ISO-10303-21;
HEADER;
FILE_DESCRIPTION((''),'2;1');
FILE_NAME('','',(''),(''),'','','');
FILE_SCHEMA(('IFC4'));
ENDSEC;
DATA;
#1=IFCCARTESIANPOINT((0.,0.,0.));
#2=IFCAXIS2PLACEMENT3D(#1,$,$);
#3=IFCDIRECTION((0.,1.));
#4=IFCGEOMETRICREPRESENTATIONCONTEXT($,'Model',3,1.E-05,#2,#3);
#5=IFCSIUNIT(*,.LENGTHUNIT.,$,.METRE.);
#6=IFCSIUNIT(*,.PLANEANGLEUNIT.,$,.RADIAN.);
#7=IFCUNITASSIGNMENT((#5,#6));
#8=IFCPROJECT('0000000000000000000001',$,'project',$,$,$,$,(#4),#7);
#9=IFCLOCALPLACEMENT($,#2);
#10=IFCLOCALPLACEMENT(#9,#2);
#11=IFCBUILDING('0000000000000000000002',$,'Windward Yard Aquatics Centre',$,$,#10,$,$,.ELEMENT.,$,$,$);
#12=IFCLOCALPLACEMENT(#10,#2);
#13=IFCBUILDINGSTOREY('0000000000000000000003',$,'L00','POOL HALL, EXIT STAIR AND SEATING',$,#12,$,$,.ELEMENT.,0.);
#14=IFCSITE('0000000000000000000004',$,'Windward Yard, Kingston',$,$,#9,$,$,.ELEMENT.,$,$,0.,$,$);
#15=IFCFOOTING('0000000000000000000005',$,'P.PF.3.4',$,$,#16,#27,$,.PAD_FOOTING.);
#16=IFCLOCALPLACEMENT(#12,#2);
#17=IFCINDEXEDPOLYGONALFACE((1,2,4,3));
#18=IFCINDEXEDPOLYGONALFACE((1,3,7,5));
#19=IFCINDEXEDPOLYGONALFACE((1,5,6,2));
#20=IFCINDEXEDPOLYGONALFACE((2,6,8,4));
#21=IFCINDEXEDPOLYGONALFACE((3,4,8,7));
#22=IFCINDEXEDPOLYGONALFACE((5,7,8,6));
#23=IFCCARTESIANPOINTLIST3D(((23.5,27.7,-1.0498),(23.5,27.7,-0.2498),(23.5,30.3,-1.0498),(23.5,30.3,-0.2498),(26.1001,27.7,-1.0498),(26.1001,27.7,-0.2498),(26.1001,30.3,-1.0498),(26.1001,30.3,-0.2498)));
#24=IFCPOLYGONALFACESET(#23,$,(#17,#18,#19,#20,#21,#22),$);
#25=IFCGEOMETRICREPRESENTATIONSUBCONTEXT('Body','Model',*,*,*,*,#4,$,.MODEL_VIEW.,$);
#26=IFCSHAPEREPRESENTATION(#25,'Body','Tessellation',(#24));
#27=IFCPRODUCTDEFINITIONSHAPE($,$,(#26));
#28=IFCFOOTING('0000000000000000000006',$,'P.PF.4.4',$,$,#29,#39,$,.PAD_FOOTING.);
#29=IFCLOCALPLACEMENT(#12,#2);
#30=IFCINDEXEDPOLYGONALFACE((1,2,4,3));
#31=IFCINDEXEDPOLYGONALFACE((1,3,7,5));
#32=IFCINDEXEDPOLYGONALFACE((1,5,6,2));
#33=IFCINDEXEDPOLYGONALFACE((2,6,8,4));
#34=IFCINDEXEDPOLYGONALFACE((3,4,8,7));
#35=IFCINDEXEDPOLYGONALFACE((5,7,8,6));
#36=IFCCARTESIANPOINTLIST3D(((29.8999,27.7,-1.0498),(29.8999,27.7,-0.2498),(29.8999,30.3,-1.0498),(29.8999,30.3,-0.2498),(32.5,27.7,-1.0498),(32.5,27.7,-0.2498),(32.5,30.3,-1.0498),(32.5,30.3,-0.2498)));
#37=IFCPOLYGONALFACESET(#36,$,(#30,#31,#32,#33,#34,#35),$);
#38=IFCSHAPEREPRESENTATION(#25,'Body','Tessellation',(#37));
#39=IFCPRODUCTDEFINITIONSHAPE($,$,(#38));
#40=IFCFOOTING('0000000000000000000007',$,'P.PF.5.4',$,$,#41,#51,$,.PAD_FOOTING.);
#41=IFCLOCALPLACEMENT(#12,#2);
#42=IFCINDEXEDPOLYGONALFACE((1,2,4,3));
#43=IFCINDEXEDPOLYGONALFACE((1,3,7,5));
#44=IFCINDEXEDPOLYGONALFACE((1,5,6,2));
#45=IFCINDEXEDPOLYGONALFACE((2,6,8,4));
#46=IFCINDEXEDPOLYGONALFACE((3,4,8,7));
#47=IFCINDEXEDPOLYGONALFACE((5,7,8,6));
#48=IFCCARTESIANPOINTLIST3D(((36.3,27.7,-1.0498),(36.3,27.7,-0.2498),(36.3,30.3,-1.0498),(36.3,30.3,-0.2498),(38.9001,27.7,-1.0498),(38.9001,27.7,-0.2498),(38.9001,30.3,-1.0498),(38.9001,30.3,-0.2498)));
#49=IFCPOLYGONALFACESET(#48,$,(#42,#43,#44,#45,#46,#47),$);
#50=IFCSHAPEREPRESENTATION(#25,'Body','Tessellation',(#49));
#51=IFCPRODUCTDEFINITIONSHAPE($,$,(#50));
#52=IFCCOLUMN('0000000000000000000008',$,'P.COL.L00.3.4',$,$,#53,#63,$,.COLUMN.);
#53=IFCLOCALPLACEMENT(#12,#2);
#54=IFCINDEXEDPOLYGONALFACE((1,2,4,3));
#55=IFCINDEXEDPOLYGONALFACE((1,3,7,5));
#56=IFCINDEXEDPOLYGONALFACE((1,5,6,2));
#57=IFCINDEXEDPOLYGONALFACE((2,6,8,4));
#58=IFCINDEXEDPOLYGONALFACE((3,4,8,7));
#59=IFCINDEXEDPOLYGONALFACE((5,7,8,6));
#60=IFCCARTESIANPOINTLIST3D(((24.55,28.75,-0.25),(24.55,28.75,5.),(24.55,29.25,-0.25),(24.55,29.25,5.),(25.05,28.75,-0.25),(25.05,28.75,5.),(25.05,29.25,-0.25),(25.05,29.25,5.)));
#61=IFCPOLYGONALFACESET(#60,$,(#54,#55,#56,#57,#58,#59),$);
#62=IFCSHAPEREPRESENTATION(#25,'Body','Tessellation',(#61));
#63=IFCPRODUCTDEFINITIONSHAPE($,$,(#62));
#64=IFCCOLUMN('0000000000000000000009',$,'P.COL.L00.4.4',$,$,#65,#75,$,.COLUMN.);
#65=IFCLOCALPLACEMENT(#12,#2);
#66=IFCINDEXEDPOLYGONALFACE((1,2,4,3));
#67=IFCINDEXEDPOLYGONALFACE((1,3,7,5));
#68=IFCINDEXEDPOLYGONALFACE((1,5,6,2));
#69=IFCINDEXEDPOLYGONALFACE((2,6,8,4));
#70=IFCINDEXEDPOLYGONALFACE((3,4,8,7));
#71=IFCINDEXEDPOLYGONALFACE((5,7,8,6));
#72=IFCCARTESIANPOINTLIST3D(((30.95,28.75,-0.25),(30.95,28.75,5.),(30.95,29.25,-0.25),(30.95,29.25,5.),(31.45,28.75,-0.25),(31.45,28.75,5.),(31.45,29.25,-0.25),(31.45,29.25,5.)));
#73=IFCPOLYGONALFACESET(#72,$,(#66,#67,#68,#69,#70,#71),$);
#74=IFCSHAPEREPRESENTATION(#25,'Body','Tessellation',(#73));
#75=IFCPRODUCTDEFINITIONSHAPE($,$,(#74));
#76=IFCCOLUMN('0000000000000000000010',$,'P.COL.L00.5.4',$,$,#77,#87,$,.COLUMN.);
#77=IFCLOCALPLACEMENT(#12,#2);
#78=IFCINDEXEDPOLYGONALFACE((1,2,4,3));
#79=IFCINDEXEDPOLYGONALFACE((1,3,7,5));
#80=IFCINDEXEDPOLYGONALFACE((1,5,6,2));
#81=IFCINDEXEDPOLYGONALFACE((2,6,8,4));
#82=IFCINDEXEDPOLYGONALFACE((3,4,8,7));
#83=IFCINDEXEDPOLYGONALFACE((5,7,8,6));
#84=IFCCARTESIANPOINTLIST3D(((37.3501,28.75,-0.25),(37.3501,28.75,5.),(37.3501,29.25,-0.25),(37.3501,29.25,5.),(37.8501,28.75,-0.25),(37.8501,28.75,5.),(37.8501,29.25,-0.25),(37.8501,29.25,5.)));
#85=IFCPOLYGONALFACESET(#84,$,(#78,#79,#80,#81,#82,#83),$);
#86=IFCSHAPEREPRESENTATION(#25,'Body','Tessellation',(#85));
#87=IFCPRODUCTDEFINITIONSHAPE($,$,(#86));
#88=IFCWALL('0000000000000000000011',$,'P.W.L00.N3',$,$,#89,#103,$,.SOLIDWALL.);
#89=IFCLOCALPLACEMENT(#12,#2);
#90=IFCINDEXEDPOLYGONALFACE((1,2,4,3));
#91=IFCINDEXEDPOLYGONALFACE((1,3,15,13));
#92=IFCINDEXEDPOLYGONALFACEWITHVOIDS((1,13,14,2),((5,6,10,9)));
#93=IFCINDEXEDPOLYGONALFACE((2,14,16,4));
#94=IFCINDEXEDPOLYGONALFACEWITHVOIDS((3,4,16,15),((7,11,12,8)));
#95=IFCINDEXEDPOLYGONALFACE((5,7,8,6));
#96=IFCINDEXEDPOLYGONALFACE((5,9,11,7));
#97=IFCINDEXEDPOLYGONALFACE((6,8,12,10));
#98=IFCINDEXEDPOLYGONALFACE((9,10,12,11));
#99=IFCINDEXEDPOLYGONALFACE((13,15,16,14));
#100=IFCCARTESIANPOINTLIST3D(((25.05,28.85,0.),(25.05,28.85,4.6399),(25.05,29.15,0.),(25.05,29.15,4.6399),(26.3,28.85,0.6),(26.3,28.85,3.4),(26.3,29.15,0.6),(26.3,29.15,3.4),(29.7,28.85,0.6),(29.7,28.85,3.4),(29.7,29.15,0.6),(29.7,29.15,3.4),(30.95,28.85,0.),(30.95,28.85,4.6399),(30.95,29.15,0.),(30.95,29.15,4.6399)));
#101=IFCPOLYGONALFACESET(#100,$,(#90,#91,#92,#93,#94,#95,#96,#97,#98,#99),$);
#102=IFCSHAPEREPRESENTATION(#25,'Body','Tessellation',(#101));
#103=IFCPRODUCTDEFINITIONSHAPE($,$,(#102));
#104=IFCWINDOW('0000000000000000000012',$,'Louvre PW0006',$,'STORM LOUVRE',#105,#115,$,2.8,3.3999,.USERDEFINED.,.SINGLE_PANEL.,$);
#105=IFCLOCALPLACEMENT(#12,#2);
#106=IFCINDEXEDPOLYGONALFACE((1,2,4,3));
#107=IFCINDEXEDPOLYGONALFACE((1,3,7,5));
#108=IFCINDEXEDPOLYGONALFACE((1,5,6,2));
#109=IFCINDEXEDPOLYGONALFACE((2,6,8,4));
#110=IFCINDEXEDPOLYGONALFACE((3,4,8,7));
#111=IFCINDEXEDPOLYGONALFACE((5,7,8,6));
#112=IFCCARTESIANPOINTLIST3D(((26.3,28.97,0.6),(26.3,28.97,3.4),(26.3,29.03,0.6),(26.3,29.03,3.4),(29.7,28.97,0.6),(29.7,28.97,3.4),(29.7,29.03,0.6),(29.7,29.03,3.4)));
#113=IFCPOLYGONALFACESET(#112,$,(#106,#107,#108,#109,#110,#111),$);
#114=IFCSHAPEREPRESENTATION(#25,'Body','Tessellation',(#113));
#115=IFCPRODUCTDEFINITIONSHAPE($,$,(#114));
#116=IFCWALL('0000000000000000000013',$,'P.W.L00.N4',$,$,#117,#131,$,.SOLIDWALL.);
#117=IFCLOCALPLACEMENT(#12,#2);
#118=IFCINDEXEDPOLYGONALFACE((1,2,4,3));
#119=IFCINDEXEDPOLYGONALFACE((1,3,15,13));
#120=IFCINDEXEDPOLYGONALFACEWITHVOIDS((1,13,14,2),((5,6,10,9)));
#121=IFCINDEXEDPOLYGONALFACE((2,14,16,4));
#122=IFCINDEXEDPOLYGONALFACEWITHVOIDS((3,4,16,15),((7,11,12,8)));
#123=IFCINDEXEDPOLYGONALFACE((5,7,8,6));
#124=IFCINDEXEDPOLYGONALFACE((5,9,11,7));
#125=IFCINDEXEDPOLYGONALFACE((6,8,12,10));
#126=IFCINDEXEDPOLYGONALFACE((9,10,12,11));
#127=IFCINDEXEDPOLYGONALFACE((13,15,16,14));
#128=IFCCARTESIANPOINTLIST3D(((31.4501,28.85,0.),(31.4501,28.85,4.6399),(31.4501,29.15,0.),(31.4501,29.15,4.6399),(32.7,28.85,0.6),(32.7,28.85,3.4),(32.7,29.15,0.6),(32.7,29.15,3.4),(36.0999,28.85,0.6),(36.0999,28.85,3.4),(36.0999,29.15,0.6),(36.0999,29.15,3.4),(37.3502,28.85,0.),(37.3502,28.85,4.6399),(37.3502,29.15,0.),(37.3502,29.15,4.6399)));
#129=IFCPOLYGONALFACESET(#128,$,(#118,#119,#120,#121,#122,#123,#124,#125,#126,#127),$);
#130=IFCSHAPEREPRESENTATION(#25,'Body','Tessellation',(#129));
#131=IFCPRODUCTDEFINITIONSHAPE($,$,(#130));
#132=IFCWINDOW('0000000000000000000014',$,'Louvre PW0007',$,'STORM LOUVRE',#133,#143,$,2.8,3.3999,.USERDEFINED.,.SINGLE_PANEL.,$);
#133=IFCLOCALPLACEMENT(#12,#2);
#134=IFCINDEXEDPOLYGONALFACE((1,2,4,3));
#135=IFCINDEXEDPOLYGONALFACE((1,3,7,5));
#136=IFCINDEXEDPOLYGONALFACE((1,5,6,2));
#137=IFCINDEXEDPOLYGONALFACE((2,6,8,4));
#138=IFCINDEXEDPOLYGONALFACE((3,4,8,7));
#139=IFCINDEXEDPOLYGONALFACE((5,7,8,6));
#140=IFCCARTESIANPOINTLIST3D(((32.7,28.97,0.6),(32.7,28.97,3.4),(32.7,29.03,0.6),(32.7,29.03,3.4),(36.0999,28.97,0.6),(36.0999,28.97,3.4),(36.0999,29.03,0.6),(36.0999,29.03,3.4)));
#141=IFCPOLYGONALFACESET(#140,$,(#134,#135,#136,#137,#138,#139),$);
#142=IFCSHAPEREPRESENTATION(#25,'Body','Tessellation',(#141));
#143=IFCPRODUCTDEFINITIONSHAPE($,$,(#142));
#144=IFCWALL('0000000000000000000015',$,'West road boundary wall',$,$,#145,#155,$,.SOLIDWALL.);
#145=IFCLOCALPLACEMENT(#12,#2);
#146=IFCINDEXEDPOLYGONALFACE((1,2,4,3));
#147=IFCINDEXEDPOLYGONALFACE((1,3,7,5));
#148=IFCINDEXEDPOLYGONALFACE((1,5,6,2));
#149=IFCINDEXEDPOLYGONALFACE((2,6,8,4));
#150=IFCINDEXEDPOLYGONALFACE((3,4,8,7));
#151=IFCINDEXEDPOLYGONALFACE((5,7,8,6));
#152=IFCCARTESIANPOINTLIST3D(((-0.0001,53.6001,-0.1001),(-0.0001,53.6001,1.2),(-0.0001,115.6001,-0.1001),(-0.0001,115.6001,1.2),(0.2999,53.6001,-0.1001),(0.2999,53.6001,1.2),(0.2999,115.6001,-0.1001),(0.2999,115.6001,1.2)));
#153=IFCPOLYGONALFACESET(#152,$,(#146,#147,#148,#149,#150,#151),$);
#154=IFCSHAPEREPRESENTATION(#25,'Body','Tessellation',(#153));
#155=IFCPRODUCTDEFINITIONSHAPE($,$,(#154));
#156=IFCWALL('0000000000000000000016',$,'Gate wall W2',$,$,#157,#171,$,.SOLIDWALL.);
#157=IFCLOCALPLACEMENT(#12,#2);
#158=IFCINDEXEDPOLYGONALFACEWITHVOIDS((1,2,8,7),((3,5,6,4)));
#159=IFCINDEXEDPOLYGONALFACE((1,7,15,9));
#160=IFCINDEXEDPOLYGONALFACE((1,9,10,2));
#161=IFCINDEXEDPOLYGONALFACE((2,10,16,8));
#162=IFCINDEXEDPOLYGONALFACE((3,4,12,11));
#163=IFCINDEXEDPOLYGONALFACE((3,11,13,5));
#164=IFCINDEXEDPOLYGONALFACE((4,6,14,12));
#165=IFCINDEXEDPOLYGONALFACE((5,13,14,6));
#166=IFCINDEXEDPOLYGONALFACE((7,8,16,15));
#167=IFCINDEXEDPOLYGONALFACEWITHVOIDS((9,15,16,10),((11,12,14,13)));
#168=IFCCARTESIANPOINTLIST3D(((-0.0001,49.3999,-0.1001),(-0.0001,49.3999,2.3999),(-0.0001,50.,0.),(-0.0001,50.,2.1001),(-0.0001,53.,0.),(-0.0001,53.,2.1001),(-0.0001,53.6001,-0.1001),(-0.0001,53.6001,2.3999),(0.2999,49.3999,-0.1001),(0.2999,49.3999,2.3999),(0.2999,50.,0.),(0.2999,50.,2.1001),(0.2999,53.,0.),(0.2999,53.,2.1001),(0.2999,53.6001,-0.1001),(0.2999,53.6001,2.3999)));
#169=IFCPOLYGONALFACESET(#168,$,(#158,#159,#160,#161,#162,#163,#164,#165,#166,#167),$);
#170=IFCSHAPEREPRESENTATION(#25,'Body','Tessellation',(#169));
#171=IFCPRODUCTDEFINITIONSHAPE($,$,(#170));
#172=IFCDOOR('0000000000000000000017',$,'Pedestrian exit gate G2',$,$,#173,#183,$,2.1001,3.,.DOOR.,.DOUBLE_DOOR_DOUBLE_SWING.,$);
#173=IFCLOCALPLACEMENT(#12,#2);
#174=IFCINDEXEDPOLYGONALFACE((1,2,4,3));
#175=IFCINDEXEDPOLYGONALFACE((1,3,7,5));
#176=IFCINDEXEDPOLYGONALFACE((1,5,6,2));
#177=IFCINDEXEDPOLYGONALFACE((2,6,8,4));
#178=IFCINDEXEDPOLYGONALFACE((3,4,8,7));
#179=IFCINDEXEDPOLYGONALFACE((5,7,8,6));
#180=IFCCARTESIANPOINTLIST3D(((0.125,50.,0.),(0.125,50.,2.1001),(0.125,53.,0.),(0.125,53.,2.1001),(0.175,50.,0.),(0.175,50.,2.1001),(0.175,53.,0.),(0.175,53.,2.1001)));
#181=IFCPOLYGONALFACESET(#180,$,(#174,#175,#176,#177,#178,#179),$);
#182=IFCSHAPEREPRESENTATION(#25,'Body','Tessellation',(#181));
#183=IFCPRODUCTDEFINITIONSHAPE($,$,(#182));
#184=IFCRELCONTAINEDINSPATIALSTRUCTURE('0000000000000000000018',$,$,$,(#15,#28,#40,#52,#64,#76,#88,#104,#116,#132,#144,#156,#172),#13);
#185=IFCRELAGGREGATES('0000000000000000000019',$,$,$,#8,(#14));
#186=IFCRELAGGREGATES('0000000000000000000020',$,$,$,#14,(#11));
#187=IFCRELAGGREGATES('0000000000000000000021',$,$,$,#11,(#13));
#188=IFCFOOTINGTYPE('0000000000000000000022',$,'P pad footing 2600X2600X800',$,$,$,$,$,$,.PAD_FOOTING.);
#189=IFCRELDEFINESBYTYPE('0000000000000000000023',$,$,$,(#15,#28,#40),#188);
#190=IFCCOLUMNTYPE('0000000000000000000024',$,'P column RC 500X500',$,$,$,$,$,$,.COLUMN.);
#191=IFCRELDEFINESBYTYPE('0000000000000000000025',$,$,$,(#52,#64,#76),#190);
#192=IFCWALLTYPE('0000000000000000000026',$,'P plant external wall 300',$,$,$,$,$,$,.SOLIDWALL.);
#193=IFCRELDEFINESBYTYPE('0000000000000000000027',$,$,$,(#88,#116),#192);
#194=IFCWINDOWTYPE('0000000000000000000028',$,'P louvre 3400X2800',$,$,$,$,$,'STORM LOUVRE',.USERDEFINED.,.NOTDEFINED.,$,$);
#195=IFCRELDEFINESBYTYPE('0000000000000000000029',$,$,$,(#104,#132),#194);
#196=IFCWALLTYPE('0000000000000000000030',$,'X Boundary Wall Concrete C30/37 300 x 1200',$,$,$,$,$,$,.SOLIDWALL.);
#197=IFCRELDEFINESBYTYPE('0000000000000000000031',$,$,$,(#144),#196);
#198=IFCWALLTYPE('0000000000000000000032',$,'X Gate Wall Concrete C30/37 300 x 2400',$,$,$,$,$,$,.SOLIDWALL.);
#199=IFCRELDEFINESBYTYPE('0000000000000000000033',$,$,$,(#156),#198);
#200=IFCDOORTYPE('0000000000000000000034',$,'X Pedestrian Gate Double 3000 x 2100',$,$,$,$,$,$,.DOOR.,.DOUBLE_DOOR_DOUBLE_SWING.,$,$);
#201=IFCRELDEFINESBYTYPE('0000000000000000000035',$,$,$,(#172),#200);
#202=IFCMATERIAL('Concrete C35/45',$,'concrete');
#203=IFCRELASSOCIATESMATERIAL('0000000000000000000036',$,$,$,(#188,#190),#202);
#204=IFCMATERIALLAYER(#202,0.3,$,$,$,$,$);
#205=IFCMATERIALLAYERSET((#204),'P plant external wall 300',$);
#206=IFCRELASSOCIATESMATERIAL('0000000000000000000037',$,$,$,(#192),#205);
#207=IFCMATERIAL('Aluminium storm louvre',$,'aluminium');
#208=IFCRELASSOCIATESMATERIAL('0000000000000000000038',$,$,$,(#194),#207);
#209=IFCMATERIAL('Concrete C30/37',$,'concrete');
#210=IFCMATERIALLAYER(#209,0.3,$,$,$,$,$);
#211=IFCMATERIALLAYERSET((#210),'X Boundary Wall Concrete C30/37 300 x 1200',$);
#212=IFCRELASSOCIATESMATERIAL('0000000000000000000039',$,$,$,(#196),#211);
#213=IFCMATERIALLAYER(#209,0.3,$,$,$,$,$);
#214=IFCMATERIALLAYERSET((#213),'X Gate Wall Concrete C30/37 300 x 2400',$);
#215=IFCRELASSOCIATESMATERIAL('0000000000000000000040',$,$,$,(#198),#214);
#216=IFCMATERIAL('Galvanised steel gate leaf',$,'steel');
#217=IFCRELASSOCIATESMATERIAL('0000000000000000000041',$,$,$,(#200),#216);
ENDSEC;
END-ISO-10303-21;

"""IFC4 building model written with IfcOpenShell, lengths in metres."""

from ifc_helpers import new_model, si_unit, direction, frame, frame_2d, origin, origin_2d, place, context, subcontext, project, spatial, rectangle, extrude, material, layer, layer_set, material_profile, profile_set, type_object, element, fill, save


model = new_model("IFC4")

# Units and contexts
model_context = context("Model", 3, precision=1e-05, world=origin(), true_north=direction((0.0, 1.0)))
body_context = subcontext(model_context, "Body", "Model", "MODEL_VIEW")
ifc_project = project(units=[si_unit("LENGTHUNIT", "METRE"), si_unit("PLANEANGLEUNIT", "RADIAN")], contexts=[model_context])

# Site, building, storey
site_placement = place(None, origin())
site = spatial("IfcSite", under=ifc_project, at=site_placement, Name="Windward Yard, Kingston", CompositionType="ELEMENT", RefElevation=0.0)
building_placement = place(site_placement, origin())
building = spatial("IfcBuilding", under=site, at=building_placement, Name="Windward Yard Aquatics Centre", CompositionType="ELEMENT")
storey_placement = place(building_placement, origin())
storey = spatial("IfcBuildingStorey", under=building, at=storey_placement, Name="L00", Description="POOL HALL, EXIT STAIR AND SEATING", CompositionType="ELEMENT", Elevation=0.0)

# Footings
ifc_material_1 = material(Name="Concrete C35/45", Category="concrete")
footing_type = type_object("IfcFootingType", Name="P pad footing 2600X2600X800", PredefinedType="PAD_FOOTING", material=ifc_material_1)
for number, where, z_axis, x_axis, name in (
    (1, (24.8, 29.0, -1.0498), (0.0, 0.0, 1.0), (1.0, 0.0, 0.0), "P.PF.3.4"),
    (2, (31.2, 29.0, -1.0498), (0.0, 0.0, 1.0), (1.0, 0.0, 0.0), "P.PF.4.4"),
    (3, (37.6001, 29.0, -1.0498), (0.0, 0.0, 1.0), (1.0, 0.0, 0.0), "P.PF.5.4"),
):
    element("IfcFooting", number, at=place(storey_placement, frame(where, z_axis=z_axis, x_axis=x_axis)), inside=storey, type_object=footing_type, Name=name, PredefinedType="PAD_FOOTING", context=body_context, shape_type="SweptSolid", body=[
        extrude(rectangle(XDim=2.6001, YDim=2.6001, at=origin_2d()), origin(), (0.0, 0.0, 1.0), 0.8),
    ])

# Columns
ifc_material_profile = material_profile(ifc_material_1, rectangle(XDim=0.5, YDim=0.5, at=origin_2d()), Name="RC 500X500")
ifc_profile_set = profile_set([ifc_material_profile], Name="Concrete C35/45")
column_type = type_object("IfcColumnType", Name="P column RC 500X500", PredefinedType="COLUMN", material=ifc_profile_set)
for number, where, z_axis, x_axis, name in (
    (4, (24.8, 29.0, -0.25), (0.0, 0.0, 1.0), (1.0, 0.0, 0.0), "P.COL.L00.3.4"),
    (5, (31.2, 29.0, -0.25), (0.0, 0.0, 1.0), (1.0, 0.0, 0.0), "P.COL.L00.4.4"),
    (6, (37.6001, 29.0, -0.25), (0.0, 0.0, 1.0), (1.0, 0.0, 0.0), "P.COL.L00.5.4"),
):
    element("IfcColumn", number, at=place(storey_placement, frame(where, z_axis=z_axis, x_axis=x_axis)), inside=storey, type_object=column_type, Name=name, PredefinedType="COLUMN", context=body_context, shape_type="SweptSolid", body=[
        extrude(rectangle(XDim=0.5, YDim=0.5, at=origin_2d()), origin(), (0.0, 0.0, 1.0), 5.25),
    ])

# Walls, openings, windows
ifc_layer_1 = layer(ifc_material_1, 0.3)
ifc_layer_set_1 = layer_set([ifc_layer_1], Name="P plant external wall 300")
wall_type_1 = type_object("IfcWallType", Name="P plant external wall 300", PredefinedType="SOLIDWALL", material=ifc_layer_set_1)
wall_1_placement = place(storey_placement, frame((25.05, 29.0, 0.0), z_axis=(0.0, 0.0, 1.0), x_axis=(1.0, 0.0, 0.0)))
wall_1 = element("IfcWall", 7, at=wall_1_placement, inside=storey, type_object=wall_type_1, Name="P.W.L00.N3", PredefinedType="SOLIDWALL", context=body_context, shape_type="SweptSolid", body=[
    extrude(rectangle(XDim=5.8999, YDim=0.3, at=frame_2d((2.95, 0.0))), origin(), (0.0, 0.0, 1.0), 4.6399),
])
opening_1_placement = place(wall_1_placement, frame((1.25, 0.0, 0.6001)))
opening_1 = element("IfcOpeningElement", 8, at=opening_1_placement, cuts=wall_1, PredefinedType="OPENING", context=body_context, shape_type="SweptSolid", body=[
    extrude(rectangle(XDim=3.3999, YDim=2.8, at=frame_2d((1.7, 1.3999))), frame((0.0, 0.1602, 0.0), z_axis=(0.0, -1.0, 0.0), x_axis=(1.0, 0.0, 0.0)), (0.0, 0.0, 1.0), 0.3201),
])
ifc_material_2 = material(Name="Aluminium storm louvre", Category="aluminium")
window_type = type_object("IfcWindowType", Name="P louvre 3400X2800", ElementType="STORM LOUVRE", PartitioningType="NOTDEFINED", PredefinedType="USERDEFINED", material=ifc_material_2)
window_1_placement = place(opening_1_placement, origin())
window_1 = element("IfcWindow", 9, at=window_1_placement, inside=storey, type_object=window_type, Name="Louvre PW0006", ObjectType="STORM LOUVRE", OverallHeight=2.8, OverallWidth=3.3999, PartitioningType="SINGLE_PANEL", PredefinedType="USERDEFINED", context=body_context, shape_type="SweptSolid", body=[
    extrude(rectangle(XDim=3.3999, YDim=2.8, at=frame_2d((1.7, 1.3999))), frame((0.0, 0.03, 0.0), z_axis=(0.0, -1.0, 0.0), x_axis=(1.0, 0.0, 0.0)), (0.0, 0.0, 1.0), 0.0601),
])
fill(opening_1, window_1)
wall_2_placement = place(storey_placement, frame((31.45, 29.0, 0.0), z_axis=(0.0, 0.0, 1.0), x_axis=(1.0, 0.0, 0.0)))
wall_2 = element("IfcWall", 10, at=wall_2_placement, inside=storey, type_object=wall_type_1, Name="P.W.L00.N4", PredefinedType="SOLIDWALL", context=body_context, shape_type="SweptSolid", body=[
    extrude(rectangle(XDim=5.9001, YDim=0.3, at=frame_2d((2.9502, 0.0))), origin(), (0.0, 0.0, 1.0), 4.6399),
])
opening_2_placement = place(wall_2_placement, frame((1.25, 0.0, 0.6001)))
opening_2 = element("IfcOpeningElement", 11, at=opening_2_placement, cuts=wall_2, PredefinedType="OPENING", context=body_context, shape_type="SweptSolid", body=[
    extrude(rectangle(XDim=3.3999, YDim=2.8, at=frame_2d((1.7, 1.3999))), frame((0.0, 0.1602, 0.0), z_axis=(0.0, -1.0, 0.0), x_axis=(1.0, 0.0, 0.0)), (0.0, 0.0, 1.0), 0.3201),
])
window_2_placement = place(opening_2_placement, origin())
window_2 = element("IfcWindow", 12, at=window_2_placement, inside=storey, type_object=window_type, Name="Louvre PW0007", ObjectType="STORM LOUVRE", OverallHeight=2.8, OverallWidth=3.3999, PartitioningType="SINGLE_PANEL", PredefinedType="USERDEFINED", context=body_context, shape_type="SweptSolid", body=[
    extrude(rectangle(XDim=3.3999, YDim=2.8, at=frame_2d((1.7, 1.3999))), frame((0.0, 0.03, 0.0), z_axis=(0.0, -1.0, 0.0), x_axis=(1.0, 0.0, 0.0)), (0.0, 0.0, 1.0), 0.0601),
])
fill(opening_2, window_2)

# Wall
ifc_material_3 = material(Name="Concrete C30/37", Category="concrete")
ifc_layer_2 = layer(ifc_material_3, 0.3)
ifc_layer_set_2 = layer_set([ifc_layer_2], Name="X Boundary Wall Concrete C30/37 300 x 1200")
wall_type_2 = type_object("IfcWallType", Name="X Boundary Wall Concrete C30/37 300 x 1200", PredefinedType="SOLIDWALL", material=ifc_layer_set_2)
wall_3_placement = place(storey_placement, frame((0.1499, 53.6001, -0.1001), z_axis=(0.0, 0.0, 1.0), x_axis=(0.0, 1.0, 0.0)))
element("IfcWall", 13, at=wall_3_placement, inside=storey, type_object=wall_type_2, Name="West road boundary wall", PredefinedType="SOLIDWALL", context=body_context, shape_type="SweptSolid", body=[
    extrude(rectangle(XDim=62.0, YDim=0.3, at=frame_2d((31.0, 0.0))), origin(), (0.0, 0.0, 1.0), 1.3),
])

# Wall, opening, door
ifc_layer_3 = layer(ifc_material_3, 0.3)
ifc_layer_set_3 = layer_set([ifc_layer_3], Name="X Gate Wall Concrete C30/37 300 x 2400")
wall_type_3 = type_object("IfcWallType", Name="X Gate Wall Concrete C30/37 300 x 2400", PredefinedType="SOLIDWALL", material=ifc_layer_set_3)
wall_4_placement = place(storey_placement, frame((0.1499, 49.3999, -0.1001), z_axis=(0.0, 0.0, 1.0), x_axis=(0.0, 1.0, 0.0)))
wall_4 = element("IfcWall", 14, at=wall_4_placement, inside=storey, type_object=wall_type_3, Name="Gate wall W2", PredefinedType="SOLIDWALL", context=body_context, shape_type="SweptSolid", body=[
    extrude(rectangle(XDim=4.2002, YDim=0.3, at=frame_2d((2.1001, 0.0))), origin(), (0.0, 0.0, 1.0), 2.5),
])
opening_3_placement = place(wall_4_placement, frame((0.6001, 0.0, 0.1001)))
opening_3 = element("IfcOpeningElement", 15, at=opening_3_placement, cuts=wall_4, PredefinedType="OPENING", context=body_context, shape_type="SweptSolid", body=[
    extrude(rectangle(XDim=3.0, YDim=2.1001, at=frame_2d((1.5, 1.05))), frame((0.0, 0.1602, 0.0), z_axis=(0.0, -1.0, 0.0), x_axis=(1.0, 0.0, 0.0)), (0.0, 0.0, 1.0), 0.3201),
])
ifc_material_4 = material(Name="Galvanised steel gate leaf", Category="steel")
door_type = type_object("IfcDoorType", Name="X Pedestrian Gate Double 3000 x 2100", OperationType="DOUBLE_DOOR_DOUBLE_SWING", PredefinedType="DOOR", material=ifc_material_4)
door_placement = place(opening_3_placement, origin())
door = element("IfcDoor", 16, at=door_placement, inside=storey, type_object=door_type, Name="Pedestrian exit gate G2", OperationType="DOUBLE_DOOR_DOUBLE_SWING", OverallHeight=2.1001, OverallWidth=3.0, PredefinedType="DOOR", context=body_context, shape_type="SweptSolid", body=[
    extrude(rectangle(XDim=3.0, YDim=2.1001, at=frame_2d((1.5, 1.05))), frame((0.0, 0.0249, 0.0), z_axis=(0.0, -1.0, 0.0), x_axis=(1.0, 0.0, 0.0)), (0.0, 0.0, 1.0), 0.05),
])
fill(opening_3, door)

save(model, "model.ifc")
